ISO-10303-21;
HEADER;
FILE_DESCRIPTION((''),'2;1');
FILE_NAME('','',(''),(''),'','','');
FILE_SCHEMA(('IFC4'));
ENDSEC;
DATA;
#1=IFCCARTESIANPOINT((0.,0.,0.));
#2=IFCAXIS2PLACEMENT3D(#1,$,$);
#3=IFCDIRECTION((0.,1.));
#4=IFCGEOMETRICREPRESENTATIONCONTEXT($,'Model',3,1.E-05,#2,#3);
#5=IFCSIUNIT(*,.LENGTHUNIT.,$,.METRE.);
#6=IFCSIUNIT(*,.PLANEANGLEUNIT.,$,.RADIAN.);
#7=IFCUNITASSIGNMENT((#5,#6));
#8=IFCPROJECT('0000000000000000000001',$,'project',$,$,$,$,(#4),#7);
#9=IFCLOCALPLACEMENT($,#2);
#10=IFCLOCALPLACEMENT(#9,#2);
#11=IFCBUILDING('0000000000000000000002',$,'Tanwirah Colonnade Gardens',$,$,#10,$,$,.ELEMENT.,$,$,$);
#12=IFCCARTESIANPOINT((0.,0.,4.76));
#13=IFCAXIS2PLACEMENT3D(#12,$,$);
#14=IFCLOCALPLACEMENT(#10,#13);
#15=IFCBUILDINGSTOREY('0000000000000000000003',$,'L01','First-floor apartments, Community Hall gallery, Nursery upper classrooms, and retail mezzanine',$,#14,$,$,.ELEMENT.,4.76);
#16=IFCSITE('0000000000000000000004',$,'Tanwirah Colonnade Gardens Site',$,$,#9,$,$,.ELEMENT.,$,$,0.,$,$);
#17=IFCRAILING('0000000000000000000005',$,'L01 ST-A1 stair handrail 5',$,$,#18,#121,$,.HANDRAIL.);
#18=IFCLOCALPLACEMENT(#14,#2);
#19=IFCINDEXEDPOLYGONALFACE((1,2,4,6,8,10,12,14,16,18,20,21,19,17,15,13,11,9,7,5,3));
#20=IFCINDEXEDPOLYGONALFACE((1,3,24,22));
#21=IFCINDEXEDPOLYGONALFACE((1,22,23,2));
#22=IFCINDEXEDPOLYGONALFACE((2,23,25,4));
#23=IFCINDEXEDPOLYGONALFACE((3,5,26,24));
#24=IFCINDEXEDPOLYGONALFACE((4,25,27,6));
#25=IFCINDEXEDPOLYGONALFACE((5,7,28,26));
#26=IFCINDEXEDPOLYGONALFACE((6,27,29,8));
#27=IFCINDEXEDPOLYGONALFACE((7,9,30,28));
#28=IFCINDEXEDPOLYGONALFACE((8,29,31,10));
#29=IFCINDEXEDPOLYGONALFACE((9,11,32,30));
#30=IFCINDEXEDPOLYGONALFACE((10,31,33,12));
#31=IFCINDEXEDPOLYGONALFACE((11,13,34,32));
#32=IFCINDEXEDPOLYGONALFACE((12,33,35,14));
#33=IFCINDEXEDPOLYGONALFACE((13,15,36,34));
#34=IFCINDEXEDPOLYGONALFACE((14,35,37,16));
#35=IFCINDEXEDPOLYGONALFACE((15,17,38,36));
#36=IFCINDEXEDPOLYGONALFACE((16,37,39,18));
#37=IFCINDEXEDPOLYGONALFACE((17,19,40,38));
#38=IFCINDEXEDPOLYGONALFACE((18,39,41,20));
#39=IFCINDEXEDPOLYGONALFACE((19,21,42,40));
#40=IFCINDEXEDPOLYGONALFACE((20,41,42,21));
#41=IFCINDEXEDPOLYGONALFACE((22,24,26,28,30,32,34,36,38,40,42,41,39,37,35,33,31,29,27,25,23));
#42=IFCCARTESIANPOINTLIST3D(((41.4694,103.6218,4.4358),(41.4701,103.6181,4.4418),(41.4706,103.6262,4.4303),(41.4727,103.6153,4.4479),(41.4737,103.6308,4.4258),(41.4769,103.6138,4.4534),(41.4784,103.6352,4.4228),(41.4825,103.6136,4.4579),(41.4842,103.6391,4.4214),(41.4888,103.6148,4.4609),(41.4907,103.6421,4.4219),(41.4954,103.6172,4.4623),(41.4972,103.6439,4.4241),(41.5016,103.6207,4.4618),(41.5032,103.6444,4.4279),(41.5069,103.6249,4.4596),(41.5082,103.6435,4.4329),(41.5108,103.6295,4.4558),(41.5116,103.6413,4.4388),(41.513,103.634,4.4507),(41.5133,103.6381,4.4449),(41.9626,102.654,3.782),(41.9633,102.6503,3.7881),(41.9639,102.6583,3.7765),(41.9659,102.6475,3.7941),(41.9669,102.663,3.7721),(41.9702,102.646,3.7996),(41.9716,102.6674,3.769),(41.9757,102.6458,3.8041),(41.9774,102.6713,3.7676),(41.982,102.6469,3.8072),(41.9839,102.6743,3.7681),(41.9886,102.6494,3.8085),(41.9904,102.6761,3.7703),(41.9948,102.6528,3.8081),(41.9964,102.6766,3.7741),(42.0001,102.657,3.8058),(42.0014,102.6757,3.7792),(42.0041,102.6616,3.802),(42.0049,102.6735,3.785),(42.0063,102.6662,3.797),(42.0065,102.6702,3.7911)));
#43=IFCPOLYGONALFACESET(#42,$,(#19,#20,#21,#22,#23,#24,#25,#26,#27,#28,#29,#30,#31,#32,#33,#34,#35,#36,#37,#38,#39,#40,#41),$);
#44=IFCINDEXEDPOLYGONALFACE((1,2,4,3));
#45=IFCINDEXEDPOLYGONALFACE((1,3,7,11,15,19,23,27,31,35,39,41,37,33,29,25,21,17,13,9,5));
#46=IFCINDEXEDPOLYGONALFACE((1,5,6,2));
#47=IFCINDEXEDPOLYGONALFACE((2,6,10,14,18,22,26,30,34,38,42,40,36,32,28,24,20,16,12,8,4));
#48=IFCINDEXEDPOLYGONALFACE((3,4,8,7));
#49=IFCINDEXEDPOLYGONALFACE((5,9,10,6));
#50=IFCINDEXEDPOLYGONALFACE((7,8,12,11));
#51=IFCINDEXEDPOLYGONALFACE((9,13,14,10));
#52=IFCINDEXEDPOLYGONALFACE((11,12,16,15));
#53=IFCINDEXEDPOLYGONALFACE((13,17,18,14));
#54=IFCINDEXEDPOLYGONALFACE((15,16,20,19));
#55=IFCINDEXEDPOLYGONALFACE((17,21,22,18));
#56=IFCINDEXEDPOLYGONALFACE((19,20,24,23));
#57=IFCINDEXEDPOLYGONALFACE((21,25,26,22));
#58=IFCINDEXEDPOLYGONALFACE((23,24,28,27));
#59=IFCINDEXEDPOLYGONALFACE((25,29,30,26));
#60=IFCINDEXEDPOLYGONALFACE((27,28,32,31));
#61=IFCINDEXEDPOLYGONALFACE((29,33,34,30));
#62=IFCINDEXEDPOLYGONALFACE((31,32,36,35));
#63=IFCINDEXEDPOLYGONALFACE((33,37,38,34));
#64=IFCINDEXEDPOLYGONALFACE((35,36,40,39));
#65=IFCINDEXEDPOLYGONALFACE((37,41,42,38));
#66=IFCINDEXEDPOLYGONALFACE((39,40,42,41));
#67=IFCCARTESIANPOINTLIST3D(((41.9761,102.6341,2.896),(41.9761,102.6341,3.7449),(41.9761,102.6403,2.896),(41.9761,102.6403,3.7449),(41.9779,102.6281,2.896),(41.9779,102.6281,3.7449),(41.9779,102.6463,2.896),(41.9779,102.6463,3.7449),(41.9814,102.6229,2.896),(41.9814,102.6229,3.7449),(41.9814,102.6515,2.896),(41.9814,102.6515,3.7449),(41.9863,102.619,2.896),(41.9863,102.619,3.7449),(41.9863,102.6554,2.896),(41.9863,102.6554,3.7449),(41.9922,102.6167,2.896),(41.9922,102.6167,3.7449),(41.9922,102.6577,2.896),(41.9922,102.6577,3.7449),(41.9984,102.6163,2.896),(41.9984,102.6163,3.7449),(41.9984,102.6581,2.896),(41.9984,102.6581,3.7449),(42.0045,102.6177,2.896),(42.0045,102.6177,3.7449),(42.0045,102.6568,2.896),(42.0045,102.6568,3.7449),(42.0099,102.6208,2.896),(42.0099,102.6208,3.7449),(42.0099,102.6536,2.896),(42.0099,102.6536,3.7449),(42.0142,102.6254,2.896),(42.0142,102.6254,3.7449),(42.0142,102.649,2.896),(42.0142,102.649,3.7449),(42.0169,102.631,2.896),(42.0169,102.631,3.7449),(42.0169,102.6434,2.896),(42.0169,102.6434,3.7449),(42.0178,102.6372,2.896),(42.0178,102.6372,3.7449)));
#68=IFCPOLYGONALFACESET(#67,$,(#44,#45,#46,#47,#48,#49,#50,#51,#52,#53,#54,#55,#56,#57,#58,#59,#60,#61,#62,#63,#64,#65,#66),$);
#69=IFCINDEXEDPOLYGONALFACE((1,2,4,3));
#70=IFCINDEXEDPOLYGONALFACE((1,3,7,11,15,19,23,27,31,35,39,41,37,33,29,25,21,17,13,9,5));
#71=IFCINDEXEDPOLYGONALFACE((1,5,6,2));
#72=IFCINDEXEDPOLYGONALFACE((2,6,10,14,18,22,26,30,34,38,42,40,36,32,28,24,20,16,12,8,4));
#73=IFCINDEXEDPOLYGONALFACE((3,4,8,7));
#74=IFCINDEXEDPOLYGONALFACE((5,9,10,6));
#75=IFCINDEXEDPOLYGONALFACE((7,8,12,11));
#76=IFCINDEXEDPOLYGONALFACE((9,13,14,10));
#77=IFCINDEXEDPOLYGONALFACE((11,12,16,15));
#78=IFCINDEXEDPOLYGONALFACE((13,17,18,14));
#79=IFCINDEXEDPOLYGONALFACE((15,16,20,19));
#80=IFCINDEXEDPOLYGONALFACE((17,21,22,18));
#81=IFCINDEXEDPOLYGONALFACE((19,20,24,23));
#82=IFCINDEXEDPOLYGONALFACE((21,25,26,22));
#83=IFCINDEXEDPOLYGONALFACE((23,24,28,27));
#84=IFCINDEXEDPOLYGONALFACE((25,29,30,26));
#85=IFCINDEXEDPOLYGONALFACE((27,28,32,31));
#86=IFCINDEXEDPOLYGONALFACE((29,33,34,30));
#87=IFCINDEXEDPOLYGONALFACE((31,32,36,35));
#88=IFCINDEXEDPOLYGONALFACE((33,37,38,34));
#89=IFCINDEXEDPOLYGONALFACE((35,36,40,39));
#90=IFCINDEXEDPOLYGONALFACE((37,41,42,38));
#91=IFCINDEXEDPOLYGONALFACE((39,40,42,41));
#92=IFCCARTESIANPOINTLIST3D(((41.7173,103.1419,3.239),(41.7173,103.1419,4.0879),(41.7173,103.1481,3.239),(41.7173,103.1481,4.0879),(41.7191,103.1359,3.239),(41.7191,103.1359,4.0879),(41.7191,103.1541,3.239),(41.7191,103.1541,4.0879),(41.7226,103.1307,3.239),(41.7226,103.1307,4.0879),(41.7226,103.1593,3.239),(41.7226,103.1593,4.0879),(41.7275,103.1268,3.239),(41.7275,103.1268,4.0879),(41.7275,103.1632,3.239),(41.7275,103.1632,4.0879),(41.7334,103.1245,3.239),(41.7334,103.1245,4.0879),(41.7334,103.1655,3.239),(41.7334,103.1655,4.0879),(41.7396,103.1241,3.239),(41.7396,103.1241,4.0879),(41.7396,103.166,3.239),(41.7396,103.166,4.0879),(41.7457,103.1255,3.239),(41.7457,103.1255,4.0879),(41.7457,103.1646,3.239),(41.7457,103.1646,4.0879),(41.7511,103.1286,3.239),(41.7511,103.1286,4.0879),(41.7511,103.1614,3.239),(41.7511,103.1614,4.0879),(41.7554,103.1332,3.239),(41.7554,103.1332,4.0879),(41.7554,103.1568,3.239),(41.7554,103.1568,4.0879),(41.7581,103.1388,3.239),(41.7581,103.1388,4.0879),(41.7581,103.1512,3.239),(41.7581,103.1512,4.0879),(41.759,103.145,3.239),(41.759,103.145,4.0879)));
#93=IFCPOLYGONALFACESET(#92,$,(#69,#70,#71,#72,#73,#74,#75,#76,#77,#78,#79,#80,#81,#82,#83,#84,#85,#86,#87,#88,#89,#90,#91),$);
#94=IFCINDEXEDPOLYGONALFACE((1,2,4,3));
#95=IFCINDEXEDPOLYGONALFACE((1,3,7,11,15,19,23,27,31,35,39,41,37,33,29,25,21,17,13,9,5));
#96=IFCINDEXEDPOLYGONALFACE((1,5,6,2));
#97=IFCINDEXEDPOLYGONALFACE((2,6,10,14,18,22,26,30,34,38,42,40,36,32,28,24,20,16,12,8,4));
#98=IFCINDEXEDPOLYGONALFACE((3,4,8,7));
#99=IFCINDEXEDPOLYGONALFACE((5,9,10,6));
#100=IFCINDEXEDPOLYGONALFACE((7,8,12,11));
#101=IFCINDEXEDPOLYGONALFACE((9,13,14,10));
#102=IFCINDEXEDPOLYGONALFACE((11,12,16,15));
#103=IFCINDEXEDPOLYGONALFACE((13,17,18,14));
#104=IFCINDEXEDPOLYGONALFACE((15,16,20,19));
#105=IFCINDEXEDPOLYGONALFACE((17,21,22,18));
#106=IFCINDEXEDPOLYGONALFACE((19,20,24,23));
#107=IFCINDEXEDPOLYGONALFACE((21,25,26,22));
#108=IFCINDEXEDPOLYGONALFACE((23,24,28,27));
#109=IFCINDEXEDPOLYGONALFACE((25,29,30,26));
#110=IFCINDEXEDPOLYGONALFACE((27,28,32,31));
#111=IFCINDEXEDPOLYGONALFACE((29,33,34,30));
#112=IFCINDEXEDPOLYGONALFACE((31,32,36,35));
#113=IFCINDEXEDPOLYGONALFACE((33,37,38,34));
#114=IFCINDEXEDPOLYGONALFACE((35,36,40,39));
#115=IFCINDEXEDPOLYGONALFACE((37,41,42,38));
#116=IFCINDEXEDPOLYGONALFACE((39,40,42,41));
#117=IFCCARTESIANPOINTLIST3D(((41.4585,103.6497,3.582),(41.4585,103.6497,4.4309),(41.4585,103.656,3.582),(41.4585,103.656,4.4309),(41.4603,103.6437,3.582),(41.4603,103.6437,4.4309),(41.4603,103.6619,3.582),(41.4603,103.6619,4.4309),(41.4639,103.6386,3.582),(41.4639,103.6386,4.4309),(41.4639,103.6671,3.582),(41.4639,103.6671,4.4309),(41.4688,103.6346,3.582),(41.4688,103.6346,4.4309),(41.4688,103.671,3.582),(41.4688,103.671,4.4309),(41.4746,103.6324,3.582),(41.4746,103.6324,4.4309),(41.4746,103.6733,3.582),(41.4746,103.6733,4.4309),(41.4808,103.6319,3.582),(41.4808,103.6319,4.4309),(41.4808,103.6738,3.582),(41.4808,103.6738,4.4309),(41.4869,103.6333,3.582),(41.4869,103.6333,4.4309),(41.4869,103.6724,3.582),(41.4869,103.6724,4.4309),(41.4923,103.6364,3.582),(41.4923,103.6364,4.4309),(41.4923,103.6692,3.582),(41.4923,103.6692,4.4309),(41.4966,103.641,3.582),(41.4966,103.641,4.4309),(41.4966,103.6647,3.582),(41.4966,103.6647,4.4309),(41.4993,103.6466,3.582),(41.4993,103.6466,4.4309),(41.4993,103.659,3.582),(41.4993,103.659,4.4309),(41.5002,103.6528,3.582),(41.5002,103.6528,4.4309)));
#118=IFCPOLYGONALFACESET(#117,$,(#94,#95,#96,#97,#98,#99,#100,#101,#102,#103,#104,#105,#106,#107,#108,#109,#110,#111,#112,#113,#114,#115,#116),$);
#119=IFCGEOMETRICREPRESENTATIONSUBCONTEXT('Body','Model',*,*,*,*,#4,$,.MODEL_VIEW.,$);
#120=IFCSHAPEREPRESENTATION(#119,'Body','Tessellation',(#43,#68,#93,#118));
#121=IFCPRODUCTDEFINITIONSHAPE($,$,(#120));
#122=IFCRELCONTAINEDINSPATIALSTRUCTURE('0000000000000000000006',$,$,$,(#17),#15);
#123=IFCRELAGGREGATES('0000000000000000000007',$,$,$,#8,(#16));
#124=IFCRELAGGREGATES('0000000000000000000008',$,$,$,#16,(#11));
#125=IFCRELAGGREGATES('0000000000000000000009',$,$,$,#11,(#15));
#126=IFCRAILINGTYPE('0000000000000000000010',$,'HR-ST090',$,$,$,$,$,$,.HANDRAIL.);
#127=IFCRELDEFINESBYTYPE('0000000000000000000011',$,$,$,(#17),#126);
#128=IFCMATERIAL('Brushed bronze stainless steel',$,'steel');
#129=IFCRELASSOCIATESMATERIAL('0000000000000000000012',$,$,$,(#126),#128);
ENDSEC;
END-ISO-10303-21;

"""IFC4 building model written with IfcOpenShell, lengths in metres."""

from ifc_helpers import new_model, si_unit, direction, frame, origin, origin_2d, place, context, subcontext, project, spatial, circle, extrude, material, type_object, element, save


model = new_model("IFC4")

# Units and contexts
model_context = context("Model", 3, precision=1e-05, world=origin(), true_north=direction((0.0, 1.0)))
body_context = subcontext(model_context, "Body", "Model", "MODEL_VIEW")
ifc_project = project(units=[si_unit("LENGTHUNIT", "METRE"), si_unit("PLANEANGLEUNIT", "RADIAN")], contexts=[model_context])

# Site, building, storey
site_placement = place(None, origin())
site = spatial("IfcSite", under=ifc_project, at=site_placement, Name="Tanwirah Colonnade Gardens Site", CompositionType="ELEMENT", RefElevation=0.0)
building_placement = place(site_placement, origin())
building = spatial("IfcBuilding", under=site, at=building_placement, Name="Tanwirah Colonnade Gardens", CompositionType="ELEMENT")
storey_placement = place(building_placement, frame((0.0, 0.0, 4.76)))
storey = spatial("IfcBuildingStorey", under=building, at=storey_placement, Name="L01", Description="First-floor apartments, Community Hall gallery, Nursery upper classrooms, and retail mezzanine", CompositionType="ELEMENT", Elevation=4.76)

# Railing
ifc_material_1 = material(Name="Brushed bronze stainless steel", Category="steel")
railing_type_1 = type_object("IfcRailingType", Name="HR-ST090", PredefinedType="HANDRAIL", material=ifc_material_1)
railing_1_placement = place(storey_placement, frame((41.9968, 102.6372, 2.896)))
element("IfcRailing", 1, at=railing_1_placement, inside=storey, type_object=railing_type_1, Name="L01 ST-A1 stair handrail 5", PredefinedType="HANDRAIL", context=body_context, shape_type="SweptSolid", body=[
    extrude(circle(Radius=0.0239, at=origin_2d()), frame((-0.0122, 0.0239, 0.8921), z_axis=(-0.389033, 0.763385, 0.515652), x_axis=(-0.890974, -0.454054, 0.0)), (0.0, 0.0, 1.0), 1.2678),
    extrude(circle(Radius=0.021, at=origin_2d()), origin(), (0.0, 0.0, 1.0), 0.8489),
    extrude(circle(Radius=0.021, at=origin_2d()), frame((-0.2588, 0.5078, 0.343)), (0.0, 0.0, 1.0), 0.8489),
    extrude(circle(Radius=0.021, at=origin_2d()), frame((-0.5176, 1.0156, 0.686)), (0.0, 0.0, 1.0), 0.8489),
])

save(model, "model.ifc")
